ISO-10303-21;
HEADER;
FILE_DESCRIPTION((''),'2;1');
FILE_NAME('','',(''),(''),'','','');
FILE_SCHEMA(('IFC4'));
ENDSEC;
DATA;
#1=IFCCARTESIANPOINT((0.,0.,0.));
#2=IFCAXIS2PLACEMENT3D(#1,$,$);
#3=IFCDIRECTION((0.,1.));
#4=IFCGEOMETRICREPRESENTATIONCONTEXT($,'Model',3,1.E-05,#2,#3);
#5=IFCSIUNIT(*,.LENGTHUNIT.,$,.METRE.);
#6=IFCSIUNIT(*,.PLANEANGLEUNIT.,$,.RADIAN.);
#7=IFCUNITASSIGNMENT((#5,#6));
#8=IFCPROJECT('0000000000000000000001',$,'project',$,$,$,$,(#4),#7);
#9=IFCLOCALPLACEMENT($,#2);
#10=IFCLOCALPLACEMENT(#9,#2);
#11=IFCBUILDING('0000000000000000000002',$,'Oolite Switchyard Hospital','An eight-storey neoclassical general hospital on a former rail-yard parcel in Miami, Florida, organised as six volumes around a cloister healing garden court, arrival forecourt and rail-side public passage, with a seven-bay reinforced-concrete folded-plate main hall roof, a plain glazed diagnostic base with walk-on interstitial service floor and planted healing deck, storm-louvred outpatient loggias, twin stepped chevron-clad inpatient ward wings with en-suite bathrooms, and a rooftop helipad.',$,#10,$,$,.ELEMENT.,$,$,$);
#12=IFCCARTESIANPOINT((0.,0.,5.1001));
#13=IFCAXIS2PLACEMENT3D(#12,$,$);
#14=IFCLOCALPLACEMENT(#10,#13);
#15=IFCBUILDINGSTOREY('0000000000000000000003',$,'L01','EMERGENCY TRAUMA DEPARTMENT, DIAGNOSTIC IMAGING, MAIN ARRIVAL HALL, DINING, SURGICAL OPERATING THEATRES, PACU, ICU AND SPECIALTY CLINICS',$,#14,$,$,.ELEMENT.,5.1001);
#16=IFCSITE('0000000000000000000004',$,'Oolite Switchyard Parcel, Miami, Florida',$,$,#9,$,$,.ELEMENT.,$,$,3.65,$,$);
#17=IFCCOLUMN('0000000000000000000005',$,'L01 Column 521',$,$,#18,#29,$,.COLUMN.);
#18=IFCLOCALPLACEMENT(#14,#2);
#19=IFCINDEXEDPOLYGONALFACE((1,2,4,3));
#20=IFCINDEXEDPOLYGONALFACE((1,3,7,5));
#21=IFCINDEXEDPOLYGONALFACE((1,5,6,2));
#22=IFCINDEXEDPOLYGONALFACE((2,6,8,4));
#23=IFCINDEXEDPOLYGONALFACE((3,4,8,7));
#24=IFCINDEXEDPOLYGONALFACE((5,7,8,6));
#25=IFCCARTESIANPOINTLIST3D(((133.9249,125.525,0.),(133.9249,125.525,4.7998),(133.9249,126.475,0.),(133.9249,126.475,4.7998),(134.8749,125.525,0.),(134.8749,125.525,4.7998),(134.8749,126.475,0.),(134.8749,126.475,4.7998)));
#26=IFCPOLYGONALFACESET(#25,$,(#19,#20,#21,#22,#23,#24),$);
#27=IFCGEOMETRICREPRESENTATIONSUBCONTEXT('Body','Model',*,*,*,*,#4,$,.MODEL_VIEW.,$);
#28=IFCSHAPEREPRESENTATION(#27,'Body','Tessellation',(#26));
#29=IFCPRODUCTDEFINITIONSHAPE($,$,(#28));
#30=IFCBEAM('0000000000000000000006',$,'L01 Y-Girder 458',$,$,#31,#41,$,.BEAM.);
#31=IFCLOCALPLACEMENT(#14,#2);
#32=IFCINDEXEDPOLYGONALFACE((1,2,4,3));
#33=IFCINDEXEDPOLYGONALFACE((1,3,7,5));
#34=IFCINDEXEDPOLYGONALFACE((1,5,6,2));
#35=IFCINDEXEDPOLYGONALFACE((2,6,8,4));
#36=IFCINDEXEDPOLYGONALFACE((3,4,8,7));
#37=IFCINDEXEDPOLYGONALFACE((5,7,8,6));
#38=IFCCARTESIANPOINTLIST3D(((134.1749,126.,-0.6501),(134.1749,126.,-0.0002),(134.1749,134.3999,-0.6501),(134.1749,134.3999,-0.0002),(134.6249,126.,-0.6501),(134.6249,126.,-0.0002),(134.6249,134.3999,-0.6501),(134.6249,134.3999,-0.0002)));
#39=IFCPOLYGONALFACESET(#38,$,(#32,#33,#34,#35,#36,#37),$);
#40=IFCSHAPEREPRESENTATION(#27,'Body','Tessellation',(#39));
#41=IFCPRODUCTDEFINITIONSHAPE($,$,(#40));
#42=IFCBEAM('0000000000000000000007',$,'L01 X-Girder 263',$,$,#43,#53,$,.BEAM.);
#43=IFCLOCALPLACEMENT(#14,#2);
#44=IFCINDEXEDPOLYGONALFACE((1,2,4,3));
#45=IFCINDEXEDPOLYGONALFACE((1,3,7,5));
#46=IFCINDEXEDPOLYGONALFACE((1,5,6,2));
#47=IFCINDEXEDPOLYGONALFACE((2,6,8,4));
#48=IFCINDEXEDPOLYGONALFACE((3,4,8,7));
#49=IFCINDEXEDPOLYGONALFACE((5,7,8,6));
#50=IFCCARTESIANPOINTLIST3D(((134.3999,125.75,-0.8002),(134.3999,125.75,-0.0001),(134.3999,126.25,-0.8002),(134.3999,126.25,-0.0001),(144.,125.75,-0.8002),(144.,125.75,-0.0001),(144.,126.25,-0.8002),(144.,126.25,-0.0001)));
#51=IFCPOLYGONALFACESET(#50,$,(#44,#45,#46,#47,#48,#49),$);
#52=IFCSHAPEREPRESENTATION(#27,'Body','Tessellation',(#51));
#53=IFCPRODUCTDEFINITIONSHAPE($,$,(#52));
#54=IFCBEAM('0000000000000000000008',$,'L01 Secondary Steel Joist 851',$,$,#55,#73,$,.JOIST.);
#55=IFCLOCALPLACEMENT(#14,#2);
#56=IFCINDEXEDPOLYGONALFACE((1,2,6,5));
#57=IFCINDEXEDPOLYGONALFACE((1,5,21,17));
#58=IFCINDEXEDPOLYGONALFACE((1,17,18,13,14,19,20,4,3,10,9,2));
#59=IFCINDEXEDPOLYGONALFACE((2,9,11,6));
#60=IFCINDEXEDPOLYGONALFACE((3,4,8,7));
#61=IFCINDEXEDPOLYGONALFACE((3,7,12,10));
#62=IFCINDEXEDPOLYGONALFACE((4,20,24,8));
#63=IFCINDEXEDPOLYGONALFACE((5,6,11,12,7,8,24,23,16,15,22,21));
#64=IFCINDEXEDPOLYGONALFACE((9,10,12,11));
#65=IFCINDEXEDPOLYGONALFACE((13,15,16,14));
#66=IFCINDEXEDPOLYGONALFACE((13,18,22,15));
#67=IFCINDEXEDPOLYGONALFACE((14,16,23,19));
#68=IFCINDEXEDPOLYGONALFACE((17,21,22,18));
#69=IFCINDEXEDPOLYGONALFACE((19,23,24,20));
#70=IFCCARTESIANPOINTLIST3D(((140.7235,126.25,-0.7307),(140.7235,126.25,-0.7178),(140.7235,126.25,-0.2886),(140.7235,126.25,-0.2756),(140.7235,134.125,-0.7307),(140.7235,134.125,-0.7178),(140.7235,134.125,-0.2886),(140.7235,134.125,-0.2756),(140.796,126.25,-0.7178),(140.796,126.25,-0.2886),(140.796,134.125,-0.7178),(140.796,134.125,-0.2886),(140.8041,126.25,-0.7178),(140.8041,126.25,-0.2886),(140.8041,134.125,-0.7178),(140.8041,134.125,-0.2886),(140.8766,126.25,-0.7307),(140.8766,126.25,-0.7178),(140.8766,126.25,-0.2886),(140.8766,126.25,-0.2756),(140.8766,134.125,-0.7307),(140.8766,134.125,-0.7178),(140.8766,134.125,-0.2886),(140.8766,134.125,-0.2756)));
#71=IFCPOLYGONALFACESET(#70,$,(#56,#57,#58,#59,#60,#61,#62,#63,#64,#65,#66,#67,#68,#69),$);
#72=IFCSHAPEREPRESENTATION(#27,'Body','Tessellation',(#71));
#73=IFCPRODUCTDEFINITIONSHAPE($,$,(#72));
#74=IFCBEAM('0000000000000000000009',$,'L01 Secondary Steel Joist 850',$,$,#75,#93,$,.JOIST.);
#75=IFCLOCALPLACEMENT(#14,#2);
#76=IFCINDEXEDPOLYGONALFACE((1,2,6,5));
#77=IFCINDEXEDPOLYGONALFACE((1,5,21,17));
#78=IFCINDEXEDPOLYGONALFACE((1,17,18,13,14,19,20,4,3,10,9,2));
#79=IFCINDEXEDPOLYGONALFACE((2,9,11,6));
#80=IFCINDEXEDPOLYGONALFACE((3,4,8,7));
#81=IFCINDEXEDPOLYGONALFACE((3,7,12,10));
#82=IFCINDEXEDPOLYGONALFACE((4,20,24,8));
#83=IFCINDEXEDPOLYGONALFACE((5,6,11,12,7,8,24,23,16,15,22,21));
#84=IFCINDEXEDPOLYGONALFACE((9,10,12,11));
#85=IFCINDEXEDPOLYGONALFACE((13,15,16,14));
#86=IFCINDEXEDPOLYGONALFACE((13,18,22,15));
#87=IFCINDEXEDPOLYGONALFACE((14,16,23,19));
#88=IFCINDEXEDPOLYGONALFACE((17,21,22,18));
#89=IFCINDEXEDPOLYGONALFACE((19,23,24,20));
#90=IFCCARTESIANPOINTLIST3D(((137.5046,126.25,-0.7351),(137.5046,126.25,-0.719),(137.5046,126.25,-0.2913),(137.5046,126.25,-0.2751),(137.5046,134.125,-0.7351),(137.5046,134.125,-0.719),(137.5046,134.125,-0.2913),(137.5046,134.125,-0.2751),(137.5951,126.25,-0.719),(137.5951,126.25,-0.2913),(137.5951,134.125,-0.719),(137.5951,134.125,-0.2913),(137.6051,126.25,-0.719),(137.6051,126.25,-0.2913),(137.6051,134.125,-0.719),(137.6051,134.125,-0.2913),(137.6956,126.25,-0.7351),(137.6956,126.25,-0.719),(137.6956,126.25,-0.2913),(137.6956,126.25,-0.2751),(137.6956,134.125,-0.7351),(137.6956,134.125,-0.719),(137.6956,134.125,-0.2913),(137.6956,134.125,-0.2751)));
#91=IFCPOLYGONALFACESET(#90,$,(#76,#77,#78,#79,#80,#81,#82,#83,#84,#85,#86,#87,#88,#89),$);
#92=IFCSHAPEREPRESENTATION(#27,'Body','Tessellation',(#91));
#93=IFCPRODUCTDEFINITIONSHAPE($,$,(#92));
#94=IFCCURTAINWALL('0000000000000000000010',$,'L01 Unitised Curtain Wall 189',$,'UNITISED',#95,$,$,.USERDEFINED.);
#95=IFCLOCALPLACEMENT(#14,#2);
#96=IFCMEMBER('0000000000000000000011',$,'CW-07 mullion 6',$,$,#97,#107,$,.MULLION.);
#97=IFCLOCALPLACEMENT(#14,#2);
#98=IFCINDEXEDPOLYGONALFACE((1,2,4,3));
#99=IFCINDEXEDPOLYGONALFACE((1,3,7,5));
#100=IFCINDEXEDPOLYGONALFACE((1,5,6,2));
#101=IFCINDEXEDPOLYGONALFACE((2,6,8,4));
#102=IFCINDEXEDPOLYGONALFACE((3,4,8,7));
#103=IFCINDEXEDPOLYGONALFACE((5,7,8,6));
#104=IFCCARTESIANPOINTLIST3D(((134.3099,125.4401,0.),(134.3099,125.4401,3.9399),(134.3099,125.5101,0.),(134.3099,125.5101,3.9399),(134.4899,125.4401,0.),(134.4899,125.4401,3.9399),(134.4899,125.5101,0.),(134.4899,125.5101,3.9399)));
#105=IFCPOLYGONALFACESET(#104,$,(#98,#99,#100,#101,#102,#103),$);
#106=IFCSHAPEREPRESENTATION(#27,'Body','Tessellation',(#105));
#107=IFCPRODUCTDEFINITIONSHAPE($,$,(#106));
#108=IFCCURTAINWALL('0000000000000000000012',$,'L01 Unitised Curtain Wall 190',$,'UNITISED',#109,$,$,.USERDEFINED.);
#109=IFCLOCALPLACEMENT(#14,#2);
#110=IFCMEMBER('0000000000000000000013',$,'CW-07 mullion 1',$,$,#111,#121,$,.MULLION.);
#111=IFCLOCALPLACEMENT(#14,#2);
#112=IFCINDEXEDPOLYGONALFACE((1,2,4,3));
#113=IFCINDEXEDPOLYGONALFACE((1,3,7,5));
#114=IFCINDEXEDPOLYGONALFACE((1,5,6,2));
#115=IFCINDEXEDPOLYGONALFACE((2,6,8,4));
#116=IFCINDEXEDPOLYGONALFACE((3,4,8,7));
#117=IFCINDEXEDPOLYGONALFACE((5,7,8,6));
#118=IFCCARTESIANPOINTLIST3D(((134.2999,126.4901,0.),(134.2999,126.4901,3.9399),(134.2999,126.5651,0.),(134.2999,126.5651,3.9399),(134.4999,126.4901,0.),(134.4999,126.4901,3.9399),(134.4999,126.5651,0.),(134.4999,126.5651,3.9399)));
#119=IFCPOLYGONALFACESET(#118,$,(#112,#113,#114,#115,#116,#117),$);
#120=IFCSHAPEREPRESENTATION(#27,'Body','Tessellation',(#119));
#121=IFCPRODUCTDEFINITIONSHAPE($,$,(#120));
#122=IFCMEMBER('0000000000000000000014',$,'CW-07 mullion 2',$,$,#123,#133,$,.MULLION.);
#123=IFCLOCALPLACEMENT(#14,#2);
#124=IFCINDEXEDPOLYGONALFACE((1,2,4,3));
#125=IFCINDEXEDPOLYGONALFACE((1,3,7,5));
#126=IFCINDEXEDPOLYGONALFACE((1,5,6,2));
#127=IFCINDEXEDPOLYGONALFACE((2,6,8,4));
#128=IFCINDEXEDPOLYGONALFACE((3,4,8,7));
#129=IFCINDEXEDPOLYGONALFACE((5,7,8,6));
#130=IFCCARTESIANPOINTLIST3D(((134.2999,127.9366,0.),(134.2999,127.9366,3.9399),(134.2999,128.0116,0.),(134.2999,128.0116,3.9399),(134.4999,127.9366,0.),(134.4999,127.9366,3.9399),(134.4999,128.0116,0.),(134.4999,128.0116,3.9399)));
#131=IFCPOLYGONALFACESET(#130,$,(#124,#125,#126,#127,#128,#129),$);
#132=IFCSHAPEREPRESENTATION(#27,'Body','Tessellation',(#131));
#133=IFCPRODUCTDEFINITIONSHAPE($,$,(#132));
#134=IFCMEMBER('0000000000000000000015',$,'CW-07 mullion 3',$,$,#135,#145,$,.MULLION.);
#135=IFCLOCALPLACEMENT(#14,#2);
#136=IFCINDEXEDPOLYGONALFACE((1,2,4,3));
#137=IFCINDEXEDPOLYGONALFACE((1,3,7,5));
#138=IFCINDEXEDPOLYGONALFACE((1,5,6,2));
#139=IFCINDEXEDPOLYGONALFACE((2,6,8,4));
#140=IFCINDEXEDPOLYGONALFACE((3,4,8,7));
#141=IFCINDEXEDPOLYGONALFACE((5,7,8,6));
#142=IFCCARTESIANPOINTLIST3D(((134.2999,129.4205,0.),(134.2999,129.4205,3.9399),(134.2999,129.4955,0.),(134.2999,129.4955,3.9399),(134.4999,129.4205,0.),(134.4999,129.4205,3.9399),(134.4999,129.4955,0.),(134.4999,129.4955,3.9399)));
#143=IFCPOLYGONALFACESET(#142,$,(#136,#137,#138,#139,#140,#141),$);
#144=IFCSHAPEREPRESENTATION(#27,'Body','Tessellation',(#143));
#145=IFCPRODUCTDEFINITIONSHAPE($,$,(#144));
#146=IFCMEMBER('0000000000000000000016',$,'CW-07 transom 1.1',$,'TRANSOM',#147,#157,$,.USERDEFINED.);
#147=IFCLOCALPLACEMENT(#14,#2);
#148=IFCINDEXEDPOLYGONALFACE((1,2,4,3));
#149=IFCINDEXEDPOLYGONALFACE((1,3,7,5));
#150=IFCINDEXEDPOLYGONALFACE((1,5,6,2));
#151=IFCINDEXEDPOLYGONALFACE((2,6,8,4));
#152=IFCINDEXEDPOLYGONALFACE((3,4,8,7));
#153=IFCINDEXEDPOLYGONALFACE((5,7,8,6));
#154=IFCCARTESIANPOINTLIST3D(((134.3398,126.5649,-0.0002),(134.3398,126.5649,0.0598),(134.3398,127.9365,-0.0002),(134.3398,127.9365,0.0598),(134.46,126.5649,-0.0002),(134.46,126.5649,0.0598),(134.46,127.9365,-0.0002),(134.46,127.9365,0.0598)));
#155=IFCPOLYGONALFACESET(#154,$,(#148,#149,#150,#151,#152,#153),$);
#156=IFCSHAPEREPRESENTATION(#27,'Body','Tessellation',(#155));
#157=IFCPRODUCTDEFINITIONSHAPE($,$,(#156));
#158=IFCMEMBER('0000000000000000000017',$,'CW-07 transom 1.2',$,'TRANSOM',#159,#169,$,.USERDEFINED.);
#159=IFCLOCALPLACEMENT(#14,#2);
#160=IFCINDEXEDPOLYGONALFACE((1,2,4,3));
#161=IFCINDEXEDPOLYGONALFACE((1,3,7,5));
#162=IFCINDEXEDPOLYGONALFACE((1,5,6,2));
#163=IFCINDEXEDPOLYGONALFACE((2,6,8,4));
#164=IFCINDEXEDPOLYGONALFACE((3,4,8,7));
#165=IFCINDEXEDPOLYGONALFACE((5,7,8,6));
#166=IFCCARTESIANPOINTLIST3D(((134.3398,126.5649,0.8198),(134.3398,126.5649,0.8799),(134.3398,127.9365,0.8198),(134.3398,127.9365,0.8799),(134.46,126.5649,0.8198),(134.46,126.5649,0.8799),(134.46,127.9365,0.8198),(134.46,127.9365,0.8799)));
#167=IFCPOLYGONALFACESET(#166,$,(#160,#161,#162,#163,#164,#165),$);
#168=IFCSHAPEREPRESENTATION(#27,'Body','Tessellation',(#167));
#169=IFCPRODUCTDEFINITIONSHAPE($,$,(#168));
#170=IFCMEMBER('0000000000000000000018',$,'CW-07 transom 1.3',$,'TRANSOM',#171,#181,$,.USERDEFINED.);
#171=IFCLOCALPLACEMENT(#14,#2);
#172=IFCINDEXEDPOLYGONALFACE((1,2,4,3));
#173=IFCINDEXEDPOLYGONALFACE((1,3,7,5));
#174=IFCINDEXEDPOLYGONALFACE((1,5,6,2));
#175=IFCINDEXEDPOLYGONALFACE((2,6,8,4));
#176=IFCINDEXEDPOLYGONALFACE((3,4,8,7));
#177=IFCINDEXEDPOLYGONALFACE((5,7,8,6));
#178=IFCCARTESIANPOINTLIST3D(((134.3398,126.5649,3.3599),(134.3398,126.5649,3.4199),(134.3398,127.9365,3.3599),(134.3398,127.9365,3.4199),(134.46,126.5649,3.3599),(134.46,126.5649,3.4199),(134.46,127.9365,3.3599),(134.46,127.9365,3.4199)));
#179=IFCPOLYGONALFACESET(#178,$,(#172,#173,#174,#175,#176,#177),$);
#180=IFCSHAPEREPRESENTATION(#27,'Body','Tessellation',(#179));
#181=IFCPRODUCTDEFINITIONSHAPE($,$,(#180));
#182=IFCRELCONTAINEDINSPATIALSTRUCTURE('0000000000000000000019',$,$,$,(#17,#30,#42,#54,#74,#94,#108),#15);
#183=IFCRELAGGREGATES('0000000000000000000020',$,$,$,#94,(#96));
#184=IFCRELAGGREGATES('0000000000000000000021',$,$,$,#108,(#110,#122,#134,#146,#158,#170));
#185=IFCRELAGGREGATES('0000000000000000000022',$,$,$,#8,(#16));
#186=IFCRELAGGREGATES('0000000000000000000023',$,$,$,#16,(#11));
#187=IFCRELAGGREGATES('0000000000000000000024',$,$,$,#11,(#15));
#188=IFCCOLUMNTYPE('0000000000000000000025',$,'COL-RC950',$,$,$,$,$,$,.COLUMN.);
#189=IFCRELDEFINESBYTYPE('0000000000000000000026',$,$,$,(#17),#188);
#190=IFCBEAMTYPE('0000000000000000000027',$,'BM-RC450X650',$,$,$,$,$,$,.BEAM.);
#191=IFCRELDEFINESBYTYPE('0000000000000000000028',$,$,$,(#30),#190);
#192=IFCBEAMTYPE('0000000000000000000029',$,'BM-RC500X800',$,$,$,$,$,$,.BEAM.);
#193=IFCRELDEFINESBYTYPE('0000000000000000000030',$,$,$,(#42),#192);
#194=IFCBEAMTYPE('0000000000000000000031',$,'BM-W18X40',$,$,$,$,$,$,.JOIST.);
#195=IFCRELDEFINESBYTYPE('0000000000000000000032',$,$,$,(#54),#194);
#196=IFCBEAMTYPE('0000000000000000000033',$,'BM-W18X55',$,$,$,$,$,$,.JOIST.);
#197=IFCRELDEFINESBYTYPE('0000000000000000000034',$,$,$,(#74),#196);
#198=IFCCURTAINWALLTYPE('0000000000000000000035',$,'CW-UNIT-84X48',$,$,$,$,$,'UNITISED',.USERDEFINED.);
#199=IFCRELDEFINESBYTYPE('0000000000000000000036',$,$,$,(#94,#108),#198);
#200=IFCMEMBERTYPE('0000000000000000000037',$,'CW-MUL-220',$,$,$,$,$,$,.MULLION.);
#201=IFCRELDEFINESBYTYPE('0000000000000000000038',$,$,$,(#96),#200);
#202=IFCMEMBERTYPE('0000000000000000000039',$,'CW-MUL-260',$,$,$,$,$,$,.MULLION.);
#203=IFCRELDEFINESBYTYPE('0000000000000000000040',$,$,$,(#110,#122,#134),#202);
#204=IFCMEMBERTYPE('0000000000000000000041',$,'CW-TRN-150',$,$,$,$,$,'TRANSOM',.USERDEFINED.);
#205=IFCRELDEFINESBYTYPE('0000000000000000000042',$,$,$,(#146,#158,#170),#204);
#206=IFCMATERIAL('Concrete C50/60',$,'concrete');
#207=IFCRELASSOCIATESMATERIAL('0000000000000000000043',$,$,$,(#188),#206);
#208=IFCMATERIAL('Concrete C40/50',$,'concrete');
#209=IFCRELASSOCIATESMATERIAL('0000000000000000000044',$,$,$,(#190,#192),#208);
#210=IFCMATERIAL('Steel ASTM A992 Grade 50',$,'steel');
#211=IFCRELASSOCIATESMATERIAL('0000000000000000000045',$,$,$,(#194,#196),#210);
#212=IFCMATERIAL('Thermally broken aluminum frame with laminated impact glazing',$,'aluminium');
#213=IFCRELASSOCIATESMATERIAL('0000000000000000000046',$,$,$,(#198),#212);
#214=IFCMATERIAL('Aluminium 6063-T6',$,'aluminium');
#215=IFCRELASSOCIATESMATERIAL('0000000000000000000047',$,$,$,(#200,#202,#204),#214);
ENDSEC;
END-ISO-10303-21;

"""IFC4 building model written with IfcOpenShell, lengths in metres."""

from ifc_helpers import new_model, si_unit, direction, frame, origin, origin_2d, place, context, subcontext, project, spatial, rectangle, i_section, extrude, material, material_profile, profile_set, type_object, element, aggregate, save


model = new_model("IFC4")

# Units and contexts
model_context = context("Model", 3, precision=1e-05, world=origin(), true_north=direction((0.0, 1.0)))
body_context = subcontext(model_context, "Body", "Model", "MODEL_VIEW")
ifc_project = project(units=[si_unit("LENGTHUNIT", "METRE"), si_unit("PLANEANGLEUNIT", "RADIAN")], contexts=[model_context])

# Site, building, storey
site_placement = place(None, origin())
site = spatial("IfcSite", under=ifc_project, at=site_placement, Name="Oolite Switchyard Parcel, Miami, Florida", CompositionType="ELEMENT", RefElevation=3.65)
building_placement = place(site_placement, origin())
building = spatial("IfcBuilding", under=site, at=building_placement, Name="Oolite Switchyard Hospital", Description="An eight-storey neoclassical general hospital on a former rail-yard parcel in Miami, Florida, organised as six volumes around a cloister healing garden court, arrival forecourt and rail-side public passage, with a seven-bay reinforced-concrete folded-plate main hall roof, a plain glazed diagnostic base with walk-on interstitial service floor and planted healing deck, storm-louvred outpatient loggias, twin stepped chevron-clad inpatient ward wings with en-suite bathrooms, and a rooftop helipad.", CompositionType="ELEMENT")
storey_placement = place(building_placement, frame((0.0, 0.0, 5.1001)))
storey = spatial("IfcBuildingStorey", under=building, at=storey_placement, Name="L01", Description="EMERGENCY TRAUMA DEPARTMENT, DIAGNOSTIC IMAGING, MAIN ARRIVAL HALL, DINING, SURGICAL OPERATING THEATRES, PACU, ICU AND SPECIALTY CLINICS", CompositionType="ELEMENT", Elevation=5.1001)

# Column
ifc_material_1 = material(Name="Concrete C50/60", Category="concrete")
ifc_material_profile_1 = material_profile(ifc_material_1, rectangle(XDim=0.95, YDim=0.95, at=origin_2d()), Name="RC950X950")
ifc_profile_set_1 = profile_set([ifc_material_profile_1], Name="Concrete C50/60")
column_type = type_object("IfcColumnType", Name="COL-RC950", PredefinedType="COLUMN", material=ifc_profile_set_1)
column_placement = place(storey_placement, frame((134.3999, 126.0, 0.0), z_axis=(0.0, 0.0, 1.0), x_axis=(1.0, 0.0, 0.0)))
element("IfcColumn", 1, at=column_placement, inside=storey, type_object=column_type, Name="L01 Column 521", PredefinedType="COLUMN", context=body_context, shape_type="SweptSolid", body=[
    extrude(rectangle(XDim=0.95, YDim=0.95, at=origin_2d()), origin(), (0.0, 0.0, 1.0), 4.7998),
])

# Beams
ifc_material_2 = material(Name="Concrete C40/50", Category="concrete")
ifc_material_profile_2 = material_profile(ifc_material_2, rectangle(XDim=0.45, YDim=0.6499, at=origin_2d()), Name="RCB450X650")
ifc_profile_set_2 = profile_set([ifc_material_profile_2], Name="Concrete C40/50")
beam_type_1 = type_object("IfcBeamType", Name="BM-RC450X650", PredefinedType="BEAM", material=ifc_profile_set_2)
beam_1_placement = place(storey_placement, frame((134.3999, 126.0, -0.3252), z_axis=(0.0, 1.0, 0.0), x_axis=(-1.0, 0.0, 0.0)))
element("IfcBeam", 2, at=beam_1_placement, inside=storey, type_object=beam_type_1, Name="L01 Y-Girder 458", PredefinedType="BEAM", context=body_context, shape_type="SweptSolid", body=[
    extrude(rectangle(XDim=0.45, YDim=0.6499, at=origin_2d()), origin(), (0.0, 0.0, 1.0), 8.3999),
])
ifc_material_profile_3 = material_profile(ifc_material_2, rectangle(XDim=0.5, YDim=0.8, at=origin_2d()), Name="RCB500X800")
ifc_profile_set_3 = profile_set([ifc_material_profile_3], Name="Concrete C40/50")
beam_type_2 = type_object("IfcBeamType", Name="BM-RC500X800", PredefinedType="BEAM", material=ifc_profile_set_3)
beam_2_placement = place(storey_placement, frame((134.3999, 126.0, -0.4001), z_axis=(1.0, 0.0, 0.0), x_axis=(0.0, 1.0, 0.0)))
element("IfcBeam", 3, at=beam_2_placement, inside=storey, type_object=beam_type_2, Name="L01 X-Girder 263", PredefinedType="BEAM", context=body_context, shape_type="SweptSolid", body=[
    extrude(rectangle(XDim=0.5, YDim=0.8, at=origin_2d()), origin(), (0.0, 0.0, 1.0), 9.6001),
])
ifc_material_3 = material(Name="Steel ASTM A992 Grade 50", Category="steel")
ifc_material_profile_4 = material_profile(ifc_material_3, i_section(OverallWidth=0.1531, OverallDepth=0.4551, WebThickness=0.0081, FlangeThickness=0.0129, at=origin_2d()), Name="W18X40")
ifc_profile_set_4 = profile_set([ifc_material_profile_4], Name="Steel ASTM A992 Grade 50")
beam_type_3 = type_object("IfcBeamType", Name="BM-W18X40", PredefinedType="JOIST", material=ifc_profile_set_4)
beam_3_placement = place(storey_placement, frame((140.8, 126.25, -0.5032), z_axis=(0.0, 1.0, 0.0), x_axis=(-1.0, 0.0, 0.0)))
element("IfcBeam", 4, at=beam_3_placement, inside=storey, type_object=beam_type_3, Name="L01 Secondary Steel Joist 851", PredefinedType="JOIST", context=body_context, shape_type="SweptSolid", body=[
    extrude(i_section(OverallWidth=0.1531, OverallDepth=0.4551, WebThickness=0.0081, FlangeThickness=0.0129, at=origin_2d()), origin(), (0.0, 0.0, 1.0), 7.875),
])
ifc_material_profile_5 = material_profile(ifc_material_3, i_section(OverallWidth=0.1909, OverallDepth=0.46, WebThickness=0.01, FlangeThickness=0.0161, at=origin_2d()), Name="W18X55")
ifc_profile_set_5 = profile_set([ifc_material_profile_5], Name="Steel ASTM A992 Grade 50")
beam_type_4 = type_object("IfcBeamType", Name="BM-W18X55", PredefinedType="JOIST", material=ifc_profile_set_5)
beam_4_placement = place(storey_placement, frame((137.6001, 126.25, -0.5051), z_axis=(0.0, 1.0, 0.0), x_axis=(-1.0, 0.0, 0.0)))
element("IfcBeam", 5, at=beam_4_placement, inside=storey, type_object=beam_type_4, Name="L01 Secondary Steel Joist 850", PredefinedType="JOIST", context=body_context, shape_type="SweptSolid", body=[
    extrude(i_section(OverallWidth=0.1909, OverallDepth=0.46, WebThickness=0.01, FlangeThickness=0.0161, at=origin_2d()), origin(), (0.0, 0.0, 1.0), 7.875),
])

# Curtain wall, member
ifc_material_4 = material(Name="Thermally broken aluminum frame with laminated impact glazing", Category="aluminium")
curtain_wall_type = type_object("IfcCurtainWallType", Name="CW-UNIT-84X48", ElementType="UNITISED", PredefinedType="USERDEFINED", material=ifc_material_4)
curtain_wall_1_placement = place(storey_placement, origin())
curtain_wall_1 = element("IfcCurtainWall", 6, at=curtain_wall_1_placement, inside=storey, type_object=curtain_wall_type, Name="L01 Unitised Curtain Wall 189", ObjectType="UNITISED", PredefinedType="USERDEFINED")
ifc_material_5 = material(Name="Aluminium 6063-T6", Category="aluminium")
ifc_material_profile_6 = material_profile(ifc_material_5, rectangle(XDim=0.1799, YDim=0.0701, at=origin_2d()), Name="CWM70X180")
ifc_profile_set_6 = profile_set([ifc_material_profile_6], Name="Aluminium 6063-T6")
member_type_1 = type_object("IfcMemberType", Name="CW-MUL-220", PredefinedType="MULLION", material=ifc_profile_set_6)
member_1_placement = place(storey_placement, frame((134.3999, 125.4751, 0.0), z_axis=(0.0, 0.0, 1.0), x_axis=(-1.0, 0.0, 0.0)))
member_1 = element("IfcMember", 7, at=member_1_placement, type_object=member_type_1, Name="CW-07 mullion 6", PredefinedType="MULLION", context=body_context, shape_type="SweptSolid", body=[
    extrude(rectangle(XDim=0.1799, YDim=0.0701, at=origin_2d()), origin(), (0.0, 0.0, 1.0), 3.9399),
])
aggregate(curtain_wall_1, [member_1])

# Curtain wall, members
curtain_wall_2_placement = place(storey_placement, origin())
curtain_wall_2 = element("IfcCurtainWall", 8, at=curtain_wall_2_placement, inside=storey, type_object=curtain_wall_type, Name="L01 Unitised Curtain Wall 190", ObjectType="UNITISED", PredefinedType="USERDEFINED")
ifc_material_profile_7 = material_profile(ifc_material_5, rectangle(XDim=0.2, YDim=0.075, at=origin_2d()), Name="CWM75X200")
ifc_profile_set_7 = profile_set([ifc_material_profile_7], Name="Aluminium 6063-T6")
member_type_2 = type_object("IfcMemberType", Name="CW-MUL-260", PredefinedType="MULLION", material=ifc_profile_set_7)
member_2_placement = place(storey_placement, frame((134.3999, 126.5276, 0.0), z_axis=(0.0, 0.0, 1.0), x_axis=(-1.0, 0.0, 0.0)))
member_2 = element("IfcMember", 9, at=member_2_placement, type_object=member_type_2, Name="CW-07 mullion 1", PredefinedType="MULLION", context=body_context, shape_type="SweptSolid", body=[
    extrude(rectangle(XDim=0.2, YDim=0.075, at=origin_2d()), origin(), (0.0, 0.0, 1.0), 3.9399),
])
member_3_placement = place(storey_placement, frame((134.3999, 127.9741, 0.0), z_axis=(0.0, 0.0, 1.0), x_axis=(-1.0, 0.0, 0.0)))
member_3 = element("IfcMember", 10, at=member_3_placement, type_object=member_type_2, Name="CW-07 mullion 2", PredefinedType="MULLION", context=body_context, shape_type="SweptSolid", body=[
    extrude(rectangle(XDim=0.2, YDim=0.075, at=origin_2d()), origin(), (0.0, 0.0, 1.0), 3.9399),
])
member_4_placement = place(storey_placement, frame((134.3999, 129.458, 0.0), z_axis=(0.0, 0.0, 1.0), x_axis=(-1.0, 0.0, 0.0)))
member_4 = element("IfcMember", 11, at=member_4_placement, type_object=member_type_2, Name="CW-07 mullion 3", PredefinedType="MULLION", context=body_context, shape_type="SweptSolid", body=[
    extrude(rectangle(XDim=0.2, YDim=0.075, at=origin_2d()), origin(), (0.0, 0.0, 1.0), 3.9399),
])
ifc_material_profile_8 = material_profile(ifc_material_5, rectangle(XDim=0.1201, YDim=0.0601, at=origin_2d()), Name="CWT60X120")
ifc_profile_set_8 = profile_set([ifc_material_profile_8], Name="Aluminium 6063-T6")
member_type_3 = type_object("IfcMemberType", Name="CW-TRN-150", ElementType="TRANSOM", PredefinedType="USERDEFINED", material=ifc_profile_set_8)
member_5_placement = place(storey_placement, frame((134.3999, 126.5649, 0.0298), z_axis=(0.0, 1.0, 0.0), x_axis=(-1.0, 0.0, 0.0)))
member_5 = element("IfcMember", 12, at=member_5_placement, type_object=member_type_3, Name="CW-07 transom 1.1", ObjectType="TRANSOM", PredefinedType="USERDEFINED", context=body_context, shape_type="SweptSolid", body=[
    extrude(rectangle(XDim=0.1201, YDim=0.0601, at=origin_2d()), origin(), (0.0, 0.0, 1.0), 1.3716),
])
member_6_placement = place(storey_placement, frame((134.3999, 126.5649, 0.8499), z_axis=(0.0, 1.0, 0.0), x_axis=(-1.0, 0.0, 0.0)))
member_6 = element("IfcMember", 13, at=member_6_placement, type_object=member_type_3, Name="CW-07 transom 1.2", ObjectType="TRANSOM", PredefinedType="USERDEFINED", context=body_context, shape_type="SweptSolid", body=[
    extrude(rectangle(XDim=0.1201, YDim=0.0601, at=origin_2d()), origin(), (0.0, 0.0, 1.0), 1.3716),
])
member_7_placement = place(storey_placement, frame((134.3999, 126.5649, 3.3899), z_axis=(0.0, 1.0, 0.0), x_axis=(-1.0, 0.0, 0.0)))
member_7 = element("IfcMember", 14, at=member_7_placement, type_object=member_type_3, Name="CW-07 transom 1.3", ObjectType="TRANSOM", PredefinedType="USERDEFINED", context=body_context, shape_type="SweptSolid", body=[
    extrude(rectangle(XDim=0.1201, YDim=0.0601, at=origin_2d()), origin(), (0.0, 0.0, 1.0), 1.3716),
])
aggregate(curtain_wall_2, [member_2, member_3, member_4, member_5, member_6, member_7])

save(model, "model.ifc")
